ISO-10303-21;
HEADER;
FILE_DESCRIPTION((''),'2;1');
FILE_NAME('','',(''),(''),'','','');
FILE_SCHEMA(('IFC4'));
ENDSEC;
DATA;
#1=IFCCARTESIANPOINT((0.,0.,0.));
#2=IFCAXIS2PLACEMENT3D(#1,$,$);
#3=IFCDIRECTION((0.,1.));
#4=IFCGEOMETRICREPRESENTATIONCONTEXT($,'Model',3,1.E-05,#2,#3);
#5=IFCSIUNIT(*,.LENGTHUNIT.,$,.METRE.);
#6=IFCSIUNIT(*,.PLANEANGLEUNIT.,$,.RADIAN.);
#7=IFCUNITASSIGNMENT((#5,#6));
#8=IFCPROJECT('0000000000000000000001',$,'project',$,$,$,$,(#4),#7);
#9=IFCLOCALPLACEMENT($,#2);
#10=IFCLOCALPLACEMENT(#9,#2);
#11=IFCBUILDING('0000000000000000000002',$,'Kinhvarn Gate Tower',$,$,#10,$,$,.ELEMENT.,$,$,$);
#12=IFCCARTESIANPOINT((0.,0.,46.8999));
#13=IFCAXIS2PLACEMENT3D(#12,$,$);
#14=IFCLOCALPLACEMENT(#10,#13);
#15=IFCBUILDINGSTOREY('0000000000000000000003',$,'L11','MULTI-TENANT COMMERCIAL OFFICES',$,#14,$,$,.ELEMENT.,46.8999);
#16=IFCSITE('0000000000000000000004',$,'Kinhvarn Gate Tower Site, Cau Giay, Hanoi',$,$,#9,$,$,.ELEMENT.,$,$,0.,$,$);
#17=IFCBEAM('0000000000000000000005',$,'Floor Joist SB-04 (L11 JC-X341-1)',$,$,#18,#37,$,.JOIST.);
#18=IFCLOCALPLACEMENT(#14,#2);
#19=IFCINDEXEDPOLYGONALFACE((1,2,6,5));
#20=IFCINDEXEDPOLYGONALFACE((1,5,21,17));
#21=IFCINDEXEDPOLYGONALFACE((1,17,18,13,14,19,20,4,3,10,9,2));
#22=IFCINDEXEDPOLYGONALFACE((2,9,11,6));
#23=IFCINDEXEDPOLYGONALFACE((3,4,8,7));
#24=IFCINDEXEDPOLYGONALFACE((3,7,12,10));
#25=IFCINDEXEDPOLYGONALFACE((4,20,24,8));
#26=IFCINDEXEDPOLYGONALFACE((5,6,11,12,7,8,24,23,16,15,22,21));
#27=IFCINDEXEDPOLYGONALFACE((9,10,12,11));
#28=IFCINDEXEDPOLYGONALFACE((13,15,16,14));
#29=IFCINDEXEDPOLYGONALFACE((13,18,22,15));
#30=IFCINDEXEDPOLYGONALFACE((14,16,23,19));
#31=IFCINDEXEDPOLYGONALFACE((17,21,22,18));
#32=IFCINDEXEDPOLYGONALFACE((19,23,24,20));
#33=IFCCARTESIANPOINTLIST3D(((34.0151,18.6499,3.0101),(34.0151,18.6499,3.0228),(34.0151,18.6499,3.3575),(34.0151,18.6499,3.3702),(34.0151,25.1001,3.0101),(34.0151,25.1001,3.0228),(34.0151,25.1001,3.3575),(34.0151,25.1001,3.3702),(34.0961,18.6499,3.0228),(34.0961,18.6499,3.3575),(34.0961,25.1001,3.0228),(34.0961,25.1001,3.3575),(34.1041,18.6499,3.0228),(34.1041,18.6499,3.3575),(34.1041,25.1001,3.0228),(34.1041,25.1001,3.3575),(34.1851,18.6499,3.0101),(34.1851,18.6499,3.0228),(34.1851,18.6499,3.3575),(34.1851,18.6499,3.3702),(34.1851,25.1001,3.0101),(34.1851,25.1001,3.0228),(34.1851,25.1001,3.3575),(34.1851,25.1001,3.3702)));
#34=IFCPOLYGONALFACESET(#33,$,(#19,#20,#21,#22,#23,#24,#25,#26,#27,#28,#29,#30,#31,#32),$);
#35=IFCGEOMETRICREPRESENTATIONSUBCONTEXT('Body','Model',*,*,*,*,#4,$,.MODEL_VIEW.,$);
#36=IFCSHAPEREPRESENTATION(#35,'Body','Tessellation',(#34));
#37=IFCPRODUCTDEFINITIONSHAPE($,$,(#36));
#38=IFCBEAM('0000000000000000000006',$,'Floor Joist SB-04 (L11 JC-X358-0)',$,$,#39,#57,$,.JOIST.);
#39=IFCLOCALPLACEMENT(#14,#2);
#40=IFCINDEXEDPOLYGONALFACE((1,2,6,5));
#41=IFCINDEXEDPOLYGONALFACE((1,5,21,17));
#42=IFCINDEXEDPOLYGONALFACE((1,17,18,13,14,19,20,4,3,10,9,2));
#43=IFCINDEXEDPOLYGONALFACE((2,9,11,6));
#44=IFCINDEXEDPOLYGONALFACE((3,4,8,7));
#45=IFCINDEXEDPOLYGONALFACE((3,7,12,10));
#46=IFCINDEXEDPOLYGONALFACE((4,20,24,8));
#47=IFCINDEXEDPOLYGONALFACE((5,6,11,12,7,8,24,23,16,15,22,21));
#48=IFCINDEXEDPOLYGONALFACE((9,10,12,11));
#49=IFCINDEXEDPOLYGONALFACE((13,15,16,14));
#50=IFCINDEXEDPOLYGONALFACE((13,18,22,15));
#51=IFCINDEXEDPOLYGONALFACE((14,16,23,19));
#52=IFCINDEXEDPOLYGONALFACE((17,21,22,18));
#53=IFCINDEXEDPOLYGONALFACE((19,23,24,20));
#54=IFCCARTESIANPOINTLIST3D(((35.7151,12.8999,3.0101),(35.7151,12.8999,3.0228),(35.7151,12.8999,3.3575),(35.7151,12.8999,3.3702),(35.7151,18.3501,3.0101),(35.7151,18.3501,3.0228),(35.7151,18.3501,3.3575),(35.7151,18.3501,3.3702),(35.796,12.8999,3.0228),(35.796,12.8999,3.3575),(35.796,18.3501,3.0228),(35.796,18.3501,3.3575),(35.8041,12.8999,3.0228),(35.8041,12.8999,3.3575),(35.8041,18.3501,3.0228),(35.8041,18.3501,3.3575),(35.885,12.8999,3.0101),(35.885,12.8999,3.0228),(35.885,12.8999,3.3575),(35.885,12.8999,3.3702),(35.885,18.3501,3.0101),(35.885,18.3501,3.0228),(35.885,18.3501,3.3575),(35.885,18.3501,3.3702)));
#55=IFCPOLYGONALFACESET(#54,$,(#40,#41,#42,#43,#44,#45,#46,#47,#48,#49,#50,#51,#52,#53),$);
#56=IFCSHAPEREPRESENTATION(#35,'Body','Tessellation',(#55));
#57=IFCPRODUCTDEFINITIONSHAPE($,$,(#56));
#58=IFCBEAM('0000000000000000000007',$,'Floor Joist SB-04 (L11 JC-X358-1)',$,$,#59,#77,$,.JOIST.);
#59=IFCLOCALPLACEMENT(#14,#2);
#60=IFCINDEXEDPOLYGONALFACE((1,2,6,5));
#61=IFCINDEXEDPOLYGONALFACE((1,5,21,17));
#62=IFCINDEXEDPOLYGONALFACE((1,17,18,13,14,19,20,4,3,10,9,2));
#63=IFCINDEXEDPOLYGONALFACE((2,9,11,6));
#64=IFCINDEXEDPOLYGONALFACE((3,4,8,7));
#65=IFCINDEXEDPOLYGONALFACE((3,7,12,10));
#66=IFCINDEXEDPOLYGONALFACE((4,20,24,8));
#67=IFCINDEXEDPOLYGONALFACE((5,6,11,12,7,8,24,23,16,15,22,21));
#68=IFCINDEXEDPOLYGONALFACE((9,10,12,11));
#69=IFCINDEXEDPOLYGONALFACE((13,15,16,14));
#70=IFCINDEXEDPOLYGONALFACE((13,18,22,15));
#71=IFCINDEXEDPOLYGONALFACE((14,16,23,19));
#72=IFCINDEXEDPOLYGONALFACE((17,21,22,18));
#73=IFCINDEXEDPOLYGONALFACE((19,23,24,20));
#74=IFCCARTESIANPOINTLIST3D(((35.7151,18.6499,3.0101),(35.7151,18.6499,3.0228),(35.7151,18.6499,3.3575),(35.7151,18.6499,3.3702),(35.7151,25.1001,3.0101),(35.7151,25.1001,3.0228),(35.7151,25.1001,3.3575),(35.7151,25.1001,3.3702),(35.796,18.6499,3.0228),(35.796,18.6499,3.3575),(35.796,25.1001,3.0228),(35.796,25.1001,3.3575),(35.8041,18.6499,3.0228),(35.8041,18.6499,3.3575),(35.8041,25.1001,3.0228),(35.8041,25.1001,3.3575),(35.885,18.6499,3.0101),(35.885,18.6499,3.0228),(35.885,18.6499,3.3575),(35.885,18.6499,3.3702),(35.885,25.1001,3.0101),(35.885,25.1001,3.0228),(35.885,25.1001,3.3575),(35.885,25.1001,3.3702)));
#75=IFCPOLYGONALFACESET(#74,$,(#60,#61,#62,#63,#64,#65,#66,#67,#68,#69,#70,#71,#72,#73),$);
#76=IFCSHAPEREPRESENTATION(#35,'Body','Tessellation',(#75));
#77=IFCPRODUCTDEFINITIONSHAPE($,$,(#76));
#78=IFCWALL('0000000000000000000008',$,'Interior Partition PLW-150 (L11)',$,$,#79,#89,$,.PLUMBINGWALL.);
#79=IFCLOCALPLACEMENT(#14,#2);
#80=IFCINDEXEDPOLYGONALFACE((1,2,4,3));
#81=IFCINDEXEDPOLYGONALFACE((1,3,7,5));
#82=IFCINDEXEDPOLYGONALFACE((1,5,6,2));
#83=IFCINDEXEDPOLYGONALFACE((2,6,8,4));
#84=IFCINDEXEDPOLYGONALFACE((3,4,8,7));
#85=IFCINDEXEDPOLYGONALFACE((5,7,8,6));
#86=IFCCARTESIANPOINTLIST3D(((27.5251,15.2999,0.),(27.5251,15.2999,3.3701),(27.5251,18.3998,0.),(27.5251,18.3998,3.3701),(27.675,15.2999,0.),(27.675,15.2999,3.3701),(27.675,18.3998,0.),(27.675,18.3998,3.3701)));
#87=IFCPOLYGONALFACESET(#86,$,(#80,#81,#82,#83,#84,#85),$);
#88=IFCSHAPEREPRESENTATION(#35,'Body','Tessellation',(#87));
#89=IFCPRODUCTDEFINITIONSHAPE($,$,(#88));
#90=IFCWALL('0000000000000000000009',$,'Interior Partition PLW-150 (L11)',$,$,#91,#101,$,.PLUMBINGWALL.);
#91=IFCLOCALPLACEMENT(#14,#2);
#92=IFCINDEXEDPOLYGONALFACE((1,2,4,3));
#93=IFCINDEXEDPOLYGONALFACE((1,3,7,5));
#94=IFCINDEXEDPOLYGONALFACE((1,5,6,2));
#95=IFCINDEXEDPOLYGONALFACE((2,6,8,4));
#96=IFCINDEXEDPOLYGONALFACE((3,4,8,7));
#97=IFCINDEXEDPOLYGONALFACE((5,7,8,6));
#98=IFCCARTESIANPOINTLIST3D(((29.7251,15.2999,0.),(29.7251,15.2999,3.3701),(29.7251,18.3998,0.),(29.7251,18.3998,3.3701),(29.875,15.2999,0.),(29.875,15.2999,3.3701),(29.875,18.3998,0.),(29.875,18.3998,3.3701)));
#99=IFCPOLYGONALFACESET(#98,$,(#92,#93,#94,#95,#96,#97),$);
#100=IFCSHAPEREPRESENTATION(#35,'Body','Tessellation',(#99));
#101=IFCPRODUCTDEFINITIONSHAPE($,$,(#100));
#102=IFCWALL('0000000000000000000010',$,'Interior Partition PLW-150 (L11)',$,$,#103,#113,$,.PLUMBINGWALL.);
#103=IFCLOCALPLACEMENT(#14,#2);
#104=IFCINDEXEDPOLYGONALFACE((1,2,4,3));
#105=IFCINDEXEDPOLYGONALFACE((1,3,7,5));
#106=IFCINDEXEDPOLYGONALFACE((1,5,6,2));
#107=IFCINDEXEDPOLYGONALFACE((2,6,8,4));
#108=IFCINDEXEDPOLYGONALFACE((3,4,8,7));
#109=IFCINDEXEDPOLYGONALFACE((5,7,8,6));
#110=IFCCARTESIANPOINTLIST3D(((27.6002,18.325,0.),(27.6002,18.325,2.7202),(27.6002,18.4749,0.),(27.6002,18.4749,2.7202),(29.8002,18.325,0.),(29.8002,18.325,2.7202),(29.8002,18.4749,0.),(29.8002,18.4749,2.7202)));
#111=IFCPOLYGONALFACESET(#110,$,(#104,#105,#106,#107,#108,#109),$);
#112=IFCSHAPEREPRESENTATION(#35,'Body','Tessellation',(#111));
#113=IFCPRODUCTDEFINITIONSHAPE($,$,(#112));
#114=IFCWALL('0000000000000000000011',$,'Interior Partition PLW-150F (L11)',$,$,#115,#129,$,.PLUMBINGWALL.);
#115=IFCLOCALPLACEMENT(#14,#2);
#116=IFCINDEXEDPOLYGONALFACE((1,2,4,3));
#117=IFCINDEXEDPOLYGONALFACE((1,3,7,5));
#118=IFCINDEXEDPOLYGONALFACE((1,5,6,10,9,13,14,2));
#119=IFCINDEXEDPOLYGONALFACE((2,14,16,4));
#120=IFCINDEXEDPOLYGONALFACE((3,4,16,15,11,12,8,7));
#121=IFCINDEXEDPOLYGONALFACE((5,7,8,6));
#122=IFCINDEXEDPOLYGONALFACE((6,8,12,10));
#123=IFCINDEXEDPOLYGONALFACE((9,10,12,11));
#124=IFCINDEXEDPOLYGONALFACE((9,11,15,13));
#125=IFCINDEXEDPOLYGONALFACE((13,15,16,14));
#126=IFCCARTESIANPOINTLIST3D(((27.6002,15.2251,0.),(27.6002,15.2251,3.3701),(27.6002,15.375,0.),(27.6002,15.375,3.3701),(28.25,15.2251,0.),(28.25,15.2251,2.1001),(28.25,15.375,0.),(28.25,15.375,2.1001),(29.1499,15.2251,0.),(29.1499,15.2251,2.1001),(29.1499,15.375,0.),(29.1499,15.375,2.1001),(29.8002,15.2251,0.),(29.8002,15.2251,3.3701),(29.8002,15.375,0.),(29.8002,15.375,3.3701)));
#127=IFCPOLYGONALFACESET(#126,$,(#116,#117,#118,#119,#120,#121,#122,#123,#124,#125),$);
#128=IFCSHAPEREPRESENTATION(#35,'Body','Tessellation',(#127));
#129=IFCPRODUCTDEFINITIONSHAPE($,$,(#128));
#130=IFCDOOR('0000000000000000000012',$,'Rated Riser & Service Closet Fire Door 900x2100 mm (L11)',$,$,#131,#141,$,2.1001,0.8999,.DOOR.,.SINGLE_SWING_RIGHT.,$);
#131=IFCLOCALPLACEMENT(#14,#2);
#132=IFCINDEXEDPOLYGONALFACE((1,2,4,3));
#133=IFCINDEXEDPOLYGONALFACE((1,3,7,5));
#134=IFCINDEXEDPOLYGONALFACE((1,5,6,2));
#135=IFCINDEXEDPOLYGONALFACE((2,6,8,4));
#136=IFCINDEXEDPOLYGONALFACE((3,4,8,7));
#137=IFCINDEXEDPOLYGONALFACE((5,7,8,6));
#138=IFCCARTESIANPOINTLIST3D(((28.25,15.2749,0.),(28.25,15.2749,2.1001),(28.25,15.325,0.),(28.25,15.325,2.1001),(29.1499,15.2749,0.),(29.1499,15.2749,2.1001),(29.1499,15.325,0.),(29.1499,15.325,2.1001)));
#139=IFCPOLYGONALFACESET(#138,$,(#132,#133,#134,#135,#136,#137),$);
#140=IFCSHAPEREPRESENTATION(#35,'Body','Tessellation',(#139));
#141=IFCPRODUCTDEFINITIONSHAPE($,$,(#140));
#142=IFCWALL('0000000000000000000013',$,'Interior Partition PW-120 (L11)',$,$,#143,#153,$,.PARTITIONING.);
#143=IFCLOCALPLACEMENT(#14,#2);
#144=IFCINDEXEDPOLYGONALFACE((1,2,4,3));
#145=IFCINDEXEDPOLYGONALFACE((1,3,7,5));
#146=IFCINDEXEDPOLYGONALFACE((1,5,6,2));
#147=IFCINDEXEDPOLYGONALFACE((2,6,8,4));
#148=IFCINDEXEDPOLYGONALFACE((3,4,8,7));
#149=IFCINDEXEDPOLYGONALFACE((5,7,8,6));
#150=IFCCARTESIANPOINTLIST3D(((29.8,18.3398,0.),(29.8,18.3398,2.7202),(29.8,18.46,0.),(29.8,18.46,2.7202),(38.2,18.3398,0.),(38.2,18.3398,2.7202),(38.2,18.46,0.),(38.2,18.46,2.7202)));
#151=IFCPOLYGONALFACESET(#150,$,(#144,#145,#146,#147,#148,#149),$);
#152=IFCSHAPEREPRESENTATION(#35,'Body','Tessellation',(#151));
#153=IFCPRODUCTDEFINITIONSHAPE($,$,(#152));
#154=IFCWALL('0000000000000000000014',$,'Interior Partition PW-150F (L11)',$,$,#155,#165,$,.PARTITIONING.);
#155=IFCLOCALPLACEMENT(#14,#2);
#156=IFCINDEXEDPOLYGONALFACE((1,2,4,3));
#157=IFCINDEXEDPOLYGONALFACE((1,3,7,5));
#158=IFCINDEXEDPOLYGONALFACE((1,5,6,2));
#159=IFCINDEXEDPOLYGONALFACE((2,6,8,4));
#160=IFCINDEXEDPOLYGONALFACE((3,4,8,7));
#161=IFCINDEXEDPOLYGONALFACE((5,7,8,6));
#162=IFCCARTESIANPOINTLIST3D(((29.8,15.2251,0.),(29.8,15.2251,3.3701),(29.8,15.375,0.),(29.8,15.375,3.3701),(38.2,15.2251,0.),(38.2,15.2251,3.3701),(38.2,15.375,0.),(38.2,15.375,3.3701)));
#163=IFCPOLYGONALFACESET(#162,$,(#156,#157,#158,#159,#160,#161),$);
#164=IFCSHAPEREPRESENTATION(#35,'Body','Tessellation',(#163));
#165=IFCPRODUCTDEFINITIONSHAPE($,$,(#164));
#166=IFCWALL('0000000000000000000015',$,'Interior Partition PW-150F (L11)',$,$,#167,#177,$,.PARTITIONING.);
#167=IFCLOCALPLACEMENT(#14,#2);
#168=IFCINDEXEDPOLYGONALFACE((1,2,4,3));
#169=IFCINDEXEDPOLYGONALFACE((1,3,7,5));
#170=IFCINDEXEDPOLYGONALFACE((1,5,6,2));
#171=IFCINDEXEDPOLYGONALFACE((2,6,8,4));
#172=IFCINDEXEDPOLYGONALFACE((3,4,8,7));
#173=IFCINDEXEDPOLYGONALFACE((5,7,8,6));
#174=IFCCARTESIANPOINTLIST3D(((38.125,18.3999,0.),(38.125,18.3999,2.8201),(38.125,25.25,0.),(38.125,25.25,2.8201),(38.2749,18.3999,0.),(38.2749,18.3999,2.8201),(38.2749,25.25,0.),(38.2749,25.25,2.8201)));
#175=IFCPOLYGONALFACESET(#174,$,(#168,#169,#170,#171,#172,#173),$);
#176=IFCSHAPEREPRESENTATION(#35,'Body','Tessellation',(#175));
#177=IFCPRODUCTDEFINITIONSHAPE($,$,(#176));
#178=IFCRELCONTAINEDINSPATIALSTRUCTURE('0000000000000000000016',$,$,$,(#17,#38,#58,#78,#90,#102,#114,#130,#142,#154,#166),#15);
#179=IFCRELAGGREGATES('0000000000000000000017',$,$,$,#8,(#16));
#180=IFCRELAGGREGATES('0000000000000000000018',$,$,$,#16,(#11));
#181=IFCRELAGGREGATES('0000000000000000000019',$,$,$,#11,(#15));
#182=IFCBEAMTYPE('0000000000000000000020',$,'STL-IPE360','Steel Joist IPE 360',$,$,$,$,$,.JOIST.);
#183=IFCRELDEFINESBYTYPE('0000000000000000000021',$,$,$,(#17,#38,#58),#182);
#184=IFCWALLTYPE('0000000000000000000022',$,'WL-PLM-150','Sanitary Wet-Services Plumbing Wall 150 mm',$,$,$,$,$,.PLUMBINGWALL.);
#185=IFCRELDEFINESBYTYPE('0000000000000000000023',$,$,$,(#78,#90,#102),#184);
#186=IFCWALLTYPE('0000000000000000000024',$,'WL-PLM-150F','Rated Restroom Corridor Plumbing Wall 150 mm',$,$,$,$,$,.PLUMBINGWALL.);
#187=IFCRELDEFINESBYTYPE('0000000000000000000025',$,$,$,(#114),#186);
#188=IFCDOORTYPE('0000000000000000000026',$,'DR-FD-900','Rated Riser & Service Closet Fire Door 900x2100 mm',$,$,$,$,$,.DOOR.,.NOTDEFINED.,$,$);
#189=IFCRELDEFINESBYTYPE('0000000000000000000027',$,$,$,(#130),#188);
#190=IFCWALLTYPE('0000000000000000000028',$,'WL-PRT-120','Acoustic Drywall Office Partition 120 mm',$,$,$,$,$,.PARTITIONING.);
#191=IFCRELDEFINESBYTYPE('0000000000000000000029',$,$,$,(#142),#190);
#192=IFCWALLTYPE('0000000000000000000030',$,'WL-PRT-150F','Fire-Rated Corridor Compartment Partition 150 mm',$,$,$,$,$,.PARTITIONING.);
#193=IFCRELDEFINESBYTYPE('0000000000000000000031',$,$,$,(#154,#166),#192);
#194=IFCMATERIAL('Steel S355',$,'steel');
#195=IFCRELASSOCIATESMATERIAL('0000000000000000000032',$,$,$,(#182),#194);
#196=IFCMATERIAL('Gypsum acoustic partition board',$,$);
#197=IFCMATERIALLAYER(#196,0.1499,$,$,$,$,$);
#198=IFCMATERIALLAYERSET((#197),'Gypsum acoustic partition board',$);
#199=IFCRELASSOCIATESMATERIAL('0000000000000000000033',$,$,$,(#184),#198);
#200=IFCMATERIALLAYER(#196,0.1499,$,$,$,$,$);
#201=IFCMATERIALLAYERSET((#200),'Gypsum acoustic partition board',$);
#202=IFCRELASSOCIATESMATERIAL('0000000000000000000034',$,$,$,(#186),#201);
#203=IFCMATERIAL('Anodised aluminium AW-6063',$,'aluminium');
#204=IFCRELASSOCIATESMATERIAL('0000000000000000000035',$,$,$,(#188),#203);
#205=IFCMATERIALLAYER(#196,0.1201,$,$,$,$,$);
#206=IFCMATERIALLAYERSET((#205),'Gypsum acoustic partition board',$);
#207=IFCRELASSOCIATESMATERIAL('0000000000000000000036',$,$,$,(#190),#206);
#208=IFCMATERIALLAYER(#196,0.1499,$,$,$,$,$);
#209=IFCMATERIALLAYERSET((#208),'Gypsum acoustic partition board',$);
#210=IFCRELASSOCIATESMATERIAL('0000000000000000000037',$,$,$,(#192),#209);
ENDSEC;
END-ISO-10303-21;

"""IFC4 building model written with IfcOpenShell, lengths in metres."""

from ifc_helpers import new_model, si_unit, direction, frame, frame_2d, origin, origin_2d, place, context, subcontext, project, spatial, rectangle, i_section, extrude, material, layer, layer_set, material_profile, profile_set, type_object, element, fill, save


model = new_model("IFC4")

# Units and contexts
model_context = context("Model", 3, precision=1e-05, world=origin(), true_north=direction((0.0, 1.0)))
body_context = subcontext(model_context, "Body", "Model", "MODEL_VIEW")
ifc_project = project(units=[si_unit("LENGTHUNIT", "METRE"), si_unit("PLANEANGLEUNIT", "RADIAN")], contexts=[model_context])

# Site, building, storey
site_placement = place(None, origin())
site = spatial("IfcSite", under=ifc_project, at=site_placement, Name="Kinhvarn Gate Tower Site, Cau Giay, Hanoi", CompositionType="ELEMENT", RefElevation=0.0)
building_placement = place(site_placement, origin())
building = spatial("IfcBuilding", under=site, at=building_placement, Name="Kinhvarn Gate Tower", CompositionType="ELEMENT")
storey_placement = place(building_placement, frame((0.0, 0.0, 46.8999)))
storey = spatial("IfcBuildingStorey", under=building, at=storey_placement, Name="L11", Description="MULTI-TENANT COMMERCIAL OFFICES", CompositionType="ELEMENT", Elevation=46.8999)

# Beams
ifc_material_1 = material(Name="Steel S355", Category="steel")
ifc_material_profile_1 = material_profile(ifc_material_1, i_section(OverallWidth=0.1699, OverallDepth=0.3601, WebThickness=0.0081, FlangeThickness=0.0127, at=origin_2d()), Name="IPE 360")
ifc_profile_set_1 = profile_set([ifc_material_profile_1], Name="Steel S355")
beam_type_1 = type_object("IfcBeamType", Name="STL-IPE360", Description="Steel Joist IPE 360", PredefinedType="JOIST", material=ifc_profile_set_1)
beam_1_placement = place(storey_placement, frame((34.1001, 18.6499, 3.1902), z_axis=(0.0, 1.0, 0.0), x_axis=(-1.0, 0.0, 0.0)))
element("IfcBeam", 1, at=beam_1_placement, inside=storey, type_object=beam_type_1, Name="Floor Joist SB-04 (L11 JC-X341-1)", PredefinedType="JOIST", context=body_context, shape_type="SweptSolid", body=[
    extrude(i_section(OverallWidth=0.1699, OverallDepth=0.3601, WebThickness=0.0081, FlangeThickness=0.0127, at=origin_2d()), origin(), (0.0, 0.0, 1.0), 6.4502),
])
beam_2_placement = place(storey_placement, frame((35.8, 12.8999, 3.1902), z_axis=(0.0, 1.0, 0.0), x_axis=(-1.0, 0.0, 0.0)))
element("IfcBeam", 2, at=beam_2_placement, inside=storey, type_object=beam_type_1, Name="Floor Joist SB-04 (L11 JC-X358-0)", PredefinedType="JOIST", context=body_context, shape_type="SweptSolid", body=[
    extrude(i_section(OverallWidth=0.1699, OverallDepth=0.3601, WebThickness=0.0081, FlangeThickness=0.0127, at=origin_2d()), origin(), (0.0, 0.0, 1.0), 5.4502),
])
beam_3_placement = place(storey_placement, frame((35.8, 18.6499, 3.1902), z_axis=(0.0, 1.0, 0.0), x_axis=(-1.0, 0.0, 0.0)))
element("IfcBeam", 3, at=beam_3_placement, inside=storey, type_object=beam_type_1, Name="Floor Joist SB-04 (L11 JC-X358-1)", PredefinedType="JOIST", context=body_context, shape_type="SweptSolid", body=[
    extrude(i_section(OverallWidth=0.1699, OverallDepth=0.3601, WebThickness=0.0081, FlangeThickness=0.0127, at=origin_2d()), origin(), (0.0, 0.0, 1.0), 6.4502),
])

# Walls
ifc_material_2 = material(Name="Gypsum acoustic partition board")
ifc_layer_1 = layer(ifc_material_2, 0.1499)
ifc_layer_set_1 = layer_set([ifc_layer_1], Name="Gypsum acoustic partition board")
wall_type_1 = type_object("IfcWallType", Name="WL-PLM-150", Description="Sanitary Wet-Services Plumbing Wall 150 mm", PredefinedType="PLUMBINGWALL", material=ifc_layer_set_1)
for number, where, z_axis, x_axis, name in (
    (4, (27.6001, 15.3, 0.0), (0.0, 0.0, 1.0), (0.0, 1.0, 0.0), "Interior Partition PLW-150 (L11)"),
    (5, (29.8, 15.3, 0.0), (0.0, 0.0, 1.0), (0.0, 1.0, 0.0), "Interior Partition PLW-150 (L11)"),
):
    element("IfcWall", number, at=place(storey_placement, frame(where, z_axis=z_axis, x_axis=x_axis)), inside=storey, type_object=wall_type_1, Name=name, PredefinedType="PLUMBINGWALL", context=body_context, shape_type="SweptSolid", body=[
        extrude(rectangle(XDim=3.0999, YDim=0.1499, at=frame_2d((1.5498, 0.0))), origin(), (0.0, 0.0, 1.0), 3.3701),
    ])
wall_1_placement = place(storey_placement, frame((27.6001, 18.3999, 0.0), z_axis=(0.0, 0.0, 1.0), x_axis=(1.0, 0.0, 0.0)))
element("IfcWall", 6, at=wall_1_placement, inside=storey, type_object=wall_type_1, Name="Interior Partition PLW-150 (L11)", PredefinedType="PLUMBINGWALL", context=body_context, shape_type="SweptSolid", body=[
    extrude(rectangle(XDim=2.2, YDim=0.1499, at=frame_2d((1.1001, 0.0))), origin(), (0.0, 0.0, 1.0), 2.7202),
])

# Wall, opening, door
ifc_layer_2 = layer(ifc_material_2, 0.1499)
ifc_layer_set_2 = layer_set([ifc_layer_2], Name="Gypsum acoustic partition board")
wall_type_2 = type_object("IfcWallType", Name="WL-PLM-150F", Description="Rated Restroom Corridor Plumbing Wall 150 mm", PredefinedType="PLUMBINGWALL", material=ifc_layer_set_2)
wall_2_placement = place(storey_placement, frame((27.6001, 15.3, 0.0), z_axis=(0.0, 0.0, 1.0), x_axis=(1.0, 0.0, 0.0)))
wall_2 = element("IfcWall", 7, at=wall_2_placement, inside=storey, type_object=wall_type_2, Name="Interior Partition PLW-150F (L11)", PredefinedType="PLUMBINGWALL", context=body_context, shape_type="SweptSolid", body=[
    extrude(rectangle(XDim=2.2, YDim=0.1499, at=frame_2d((1.1001, 0.0))), origin(), (0.0, 0.0, 1.0), 3.3701),
])
opening_1_placement = place(wall_2_placement, frame((0.6499, 0.0, 0.0)))
opening_1 = element("IfcOpeningElement", 8, at=opening_1_placement, cuts=wall_2, PredefinedType="OPENING", context=body_context, shape_type="SweptSolid", body=[
    extrude(rectangle(XDim=0.8999, YDim=2.1001, at=frame_2d((0.45, 1.05))), frame((0.0, 0.085, 0.0), z_axis=(0.0, -1.0, 0.0), x_axis=(1.0, 0.0, 0.0)), (0.0, 0.0, 1.0), 0.1699),
])
ifc_material_3 = material(Name="Anodised aluminium AW-6063", Category="aluminium")
door_type_1 = type_object("IfcDoorType", Name="DR-FD-900", Description="Rated Riser & Service Closet Fire Door 900x2100 mm", OperationType="NOTDEFINED", PredefinedType="DOOR", material=ifc_material_3)
door_1_placement = place(opening_1_placement, origin())
door_1 = element("IfcDoor", 9, at=door_1_placement, inside=storey, type_object=door_type_1, Name="Rated Riser & Service Closet Fire Door 900x2100 mm (L11)", OperationType="SINGLE_SWING_RIGHT", OverallHeight=2.1001, OverallWidth=0.8999, PredefinedType="DOOR", context=body_context, shape_type="SweptSolid", body=[
    extrude(rectangle(XDim=0.8999, YDim=2.1001, at=frame_2d((0.45, 1.05))), frame((0.0, 0.0249, 0.0), z_axis=(0.0, -1.0, 0.0), x_axis=(1.0, 0.0, 0.0)), (0.0, 0.0, 1.0), 0.05),
])
fill(opening_1, door_1)

# Walls
ifc_layer_3 = layer(ifc_material_2, 0.1201)
ifc_layer_set_3 = layer_set([ifc_layer_3], Name="Gypsum acoustic partition board")
wall_type_3 = type_object("IfcWallType", Name="WL-PRT-120", Description="Acoustic Drywall Office Partition 120 mm", PredefinedType="PARTITIONING", material=ifc_layer_set_3)
wall_3_placement = place(storey_placement, frame((29.8, 18.3999, 0.0), z_axis=(0.0, 0.0, 1.0), x_axis=(1.0, 0.0, 0.0)))
element("IfcWall", 10, at=wall_3_placement, inside=storey, type_object=wall_type_3, Name="Interior Partition PW-120 (L11)", PredefinedType="PARTITIONING", context=body_context, shape_type="SweptSolid", body=[
    extrude(rectangle(XDim=8.3999, YDim=0.1201, at=frame_2d((4.2, 0.0))), origin(), (0.0, 0.0, 1.0), 2.7202),
])
ifc_layer_4 = layer(ifc_material_2, 0.1499)
ifc_layer_set_4 = layer_set([ifc_layer_4], Name="Gypsum acoustic partition board")
wall_type_4 = type_object("IfcWallType", Name="WL-PRT-150F", Description="Fire-Rated Corridor Compartment Partition 150 mm", PredefinedType="PARTITIONING", material=ifc_layer_set_4)
wall_4_placement = place(storey_placement, frame((29.8, 15.3, 0.0), z_axis=(0.0, 0.0, 1.0), x_axis=(1.0, 0.0, 0.0)))
element("IfcWall", 11, at=wall_4_placement, inside=storey, type_object=wall_type_4, Name="Interior Partition PW-150F (L11)", PredefinedType="PARTITIONING", context=body_context, shape_type="SweptSolid", body=[
    extrude(rectangle(XDim=8.3999, YDim=0.1499, at=frame_2d((4.2, 0.0))), origin(), (0.0, 0.0, 1.0), 3.3701),
])

# Wall
wall_5_placement = place(storey_placement, frame((38.2, 18.3999, 0.0), z_axis=(0.0, 0.0, 1.0), x_axis=(0.0, 1.0, 0.0)))
element("IfcWall", 12, at=wall_5_placement, inside=storey, type_object=wall_type_4, Name="Interior Partition PW-150F (L11)", PredefinedType="PARTITIONING", context=body_context, shape_type="SweptSolid", body=[
    extrude(rectangle(XDim=6.8501, YDim=0.1499, at=frame_2d((3.425, 0.0))), origin(), (0.0, 0.0, 1.0), 2.8201),
])

save(model, "model.ifc")
